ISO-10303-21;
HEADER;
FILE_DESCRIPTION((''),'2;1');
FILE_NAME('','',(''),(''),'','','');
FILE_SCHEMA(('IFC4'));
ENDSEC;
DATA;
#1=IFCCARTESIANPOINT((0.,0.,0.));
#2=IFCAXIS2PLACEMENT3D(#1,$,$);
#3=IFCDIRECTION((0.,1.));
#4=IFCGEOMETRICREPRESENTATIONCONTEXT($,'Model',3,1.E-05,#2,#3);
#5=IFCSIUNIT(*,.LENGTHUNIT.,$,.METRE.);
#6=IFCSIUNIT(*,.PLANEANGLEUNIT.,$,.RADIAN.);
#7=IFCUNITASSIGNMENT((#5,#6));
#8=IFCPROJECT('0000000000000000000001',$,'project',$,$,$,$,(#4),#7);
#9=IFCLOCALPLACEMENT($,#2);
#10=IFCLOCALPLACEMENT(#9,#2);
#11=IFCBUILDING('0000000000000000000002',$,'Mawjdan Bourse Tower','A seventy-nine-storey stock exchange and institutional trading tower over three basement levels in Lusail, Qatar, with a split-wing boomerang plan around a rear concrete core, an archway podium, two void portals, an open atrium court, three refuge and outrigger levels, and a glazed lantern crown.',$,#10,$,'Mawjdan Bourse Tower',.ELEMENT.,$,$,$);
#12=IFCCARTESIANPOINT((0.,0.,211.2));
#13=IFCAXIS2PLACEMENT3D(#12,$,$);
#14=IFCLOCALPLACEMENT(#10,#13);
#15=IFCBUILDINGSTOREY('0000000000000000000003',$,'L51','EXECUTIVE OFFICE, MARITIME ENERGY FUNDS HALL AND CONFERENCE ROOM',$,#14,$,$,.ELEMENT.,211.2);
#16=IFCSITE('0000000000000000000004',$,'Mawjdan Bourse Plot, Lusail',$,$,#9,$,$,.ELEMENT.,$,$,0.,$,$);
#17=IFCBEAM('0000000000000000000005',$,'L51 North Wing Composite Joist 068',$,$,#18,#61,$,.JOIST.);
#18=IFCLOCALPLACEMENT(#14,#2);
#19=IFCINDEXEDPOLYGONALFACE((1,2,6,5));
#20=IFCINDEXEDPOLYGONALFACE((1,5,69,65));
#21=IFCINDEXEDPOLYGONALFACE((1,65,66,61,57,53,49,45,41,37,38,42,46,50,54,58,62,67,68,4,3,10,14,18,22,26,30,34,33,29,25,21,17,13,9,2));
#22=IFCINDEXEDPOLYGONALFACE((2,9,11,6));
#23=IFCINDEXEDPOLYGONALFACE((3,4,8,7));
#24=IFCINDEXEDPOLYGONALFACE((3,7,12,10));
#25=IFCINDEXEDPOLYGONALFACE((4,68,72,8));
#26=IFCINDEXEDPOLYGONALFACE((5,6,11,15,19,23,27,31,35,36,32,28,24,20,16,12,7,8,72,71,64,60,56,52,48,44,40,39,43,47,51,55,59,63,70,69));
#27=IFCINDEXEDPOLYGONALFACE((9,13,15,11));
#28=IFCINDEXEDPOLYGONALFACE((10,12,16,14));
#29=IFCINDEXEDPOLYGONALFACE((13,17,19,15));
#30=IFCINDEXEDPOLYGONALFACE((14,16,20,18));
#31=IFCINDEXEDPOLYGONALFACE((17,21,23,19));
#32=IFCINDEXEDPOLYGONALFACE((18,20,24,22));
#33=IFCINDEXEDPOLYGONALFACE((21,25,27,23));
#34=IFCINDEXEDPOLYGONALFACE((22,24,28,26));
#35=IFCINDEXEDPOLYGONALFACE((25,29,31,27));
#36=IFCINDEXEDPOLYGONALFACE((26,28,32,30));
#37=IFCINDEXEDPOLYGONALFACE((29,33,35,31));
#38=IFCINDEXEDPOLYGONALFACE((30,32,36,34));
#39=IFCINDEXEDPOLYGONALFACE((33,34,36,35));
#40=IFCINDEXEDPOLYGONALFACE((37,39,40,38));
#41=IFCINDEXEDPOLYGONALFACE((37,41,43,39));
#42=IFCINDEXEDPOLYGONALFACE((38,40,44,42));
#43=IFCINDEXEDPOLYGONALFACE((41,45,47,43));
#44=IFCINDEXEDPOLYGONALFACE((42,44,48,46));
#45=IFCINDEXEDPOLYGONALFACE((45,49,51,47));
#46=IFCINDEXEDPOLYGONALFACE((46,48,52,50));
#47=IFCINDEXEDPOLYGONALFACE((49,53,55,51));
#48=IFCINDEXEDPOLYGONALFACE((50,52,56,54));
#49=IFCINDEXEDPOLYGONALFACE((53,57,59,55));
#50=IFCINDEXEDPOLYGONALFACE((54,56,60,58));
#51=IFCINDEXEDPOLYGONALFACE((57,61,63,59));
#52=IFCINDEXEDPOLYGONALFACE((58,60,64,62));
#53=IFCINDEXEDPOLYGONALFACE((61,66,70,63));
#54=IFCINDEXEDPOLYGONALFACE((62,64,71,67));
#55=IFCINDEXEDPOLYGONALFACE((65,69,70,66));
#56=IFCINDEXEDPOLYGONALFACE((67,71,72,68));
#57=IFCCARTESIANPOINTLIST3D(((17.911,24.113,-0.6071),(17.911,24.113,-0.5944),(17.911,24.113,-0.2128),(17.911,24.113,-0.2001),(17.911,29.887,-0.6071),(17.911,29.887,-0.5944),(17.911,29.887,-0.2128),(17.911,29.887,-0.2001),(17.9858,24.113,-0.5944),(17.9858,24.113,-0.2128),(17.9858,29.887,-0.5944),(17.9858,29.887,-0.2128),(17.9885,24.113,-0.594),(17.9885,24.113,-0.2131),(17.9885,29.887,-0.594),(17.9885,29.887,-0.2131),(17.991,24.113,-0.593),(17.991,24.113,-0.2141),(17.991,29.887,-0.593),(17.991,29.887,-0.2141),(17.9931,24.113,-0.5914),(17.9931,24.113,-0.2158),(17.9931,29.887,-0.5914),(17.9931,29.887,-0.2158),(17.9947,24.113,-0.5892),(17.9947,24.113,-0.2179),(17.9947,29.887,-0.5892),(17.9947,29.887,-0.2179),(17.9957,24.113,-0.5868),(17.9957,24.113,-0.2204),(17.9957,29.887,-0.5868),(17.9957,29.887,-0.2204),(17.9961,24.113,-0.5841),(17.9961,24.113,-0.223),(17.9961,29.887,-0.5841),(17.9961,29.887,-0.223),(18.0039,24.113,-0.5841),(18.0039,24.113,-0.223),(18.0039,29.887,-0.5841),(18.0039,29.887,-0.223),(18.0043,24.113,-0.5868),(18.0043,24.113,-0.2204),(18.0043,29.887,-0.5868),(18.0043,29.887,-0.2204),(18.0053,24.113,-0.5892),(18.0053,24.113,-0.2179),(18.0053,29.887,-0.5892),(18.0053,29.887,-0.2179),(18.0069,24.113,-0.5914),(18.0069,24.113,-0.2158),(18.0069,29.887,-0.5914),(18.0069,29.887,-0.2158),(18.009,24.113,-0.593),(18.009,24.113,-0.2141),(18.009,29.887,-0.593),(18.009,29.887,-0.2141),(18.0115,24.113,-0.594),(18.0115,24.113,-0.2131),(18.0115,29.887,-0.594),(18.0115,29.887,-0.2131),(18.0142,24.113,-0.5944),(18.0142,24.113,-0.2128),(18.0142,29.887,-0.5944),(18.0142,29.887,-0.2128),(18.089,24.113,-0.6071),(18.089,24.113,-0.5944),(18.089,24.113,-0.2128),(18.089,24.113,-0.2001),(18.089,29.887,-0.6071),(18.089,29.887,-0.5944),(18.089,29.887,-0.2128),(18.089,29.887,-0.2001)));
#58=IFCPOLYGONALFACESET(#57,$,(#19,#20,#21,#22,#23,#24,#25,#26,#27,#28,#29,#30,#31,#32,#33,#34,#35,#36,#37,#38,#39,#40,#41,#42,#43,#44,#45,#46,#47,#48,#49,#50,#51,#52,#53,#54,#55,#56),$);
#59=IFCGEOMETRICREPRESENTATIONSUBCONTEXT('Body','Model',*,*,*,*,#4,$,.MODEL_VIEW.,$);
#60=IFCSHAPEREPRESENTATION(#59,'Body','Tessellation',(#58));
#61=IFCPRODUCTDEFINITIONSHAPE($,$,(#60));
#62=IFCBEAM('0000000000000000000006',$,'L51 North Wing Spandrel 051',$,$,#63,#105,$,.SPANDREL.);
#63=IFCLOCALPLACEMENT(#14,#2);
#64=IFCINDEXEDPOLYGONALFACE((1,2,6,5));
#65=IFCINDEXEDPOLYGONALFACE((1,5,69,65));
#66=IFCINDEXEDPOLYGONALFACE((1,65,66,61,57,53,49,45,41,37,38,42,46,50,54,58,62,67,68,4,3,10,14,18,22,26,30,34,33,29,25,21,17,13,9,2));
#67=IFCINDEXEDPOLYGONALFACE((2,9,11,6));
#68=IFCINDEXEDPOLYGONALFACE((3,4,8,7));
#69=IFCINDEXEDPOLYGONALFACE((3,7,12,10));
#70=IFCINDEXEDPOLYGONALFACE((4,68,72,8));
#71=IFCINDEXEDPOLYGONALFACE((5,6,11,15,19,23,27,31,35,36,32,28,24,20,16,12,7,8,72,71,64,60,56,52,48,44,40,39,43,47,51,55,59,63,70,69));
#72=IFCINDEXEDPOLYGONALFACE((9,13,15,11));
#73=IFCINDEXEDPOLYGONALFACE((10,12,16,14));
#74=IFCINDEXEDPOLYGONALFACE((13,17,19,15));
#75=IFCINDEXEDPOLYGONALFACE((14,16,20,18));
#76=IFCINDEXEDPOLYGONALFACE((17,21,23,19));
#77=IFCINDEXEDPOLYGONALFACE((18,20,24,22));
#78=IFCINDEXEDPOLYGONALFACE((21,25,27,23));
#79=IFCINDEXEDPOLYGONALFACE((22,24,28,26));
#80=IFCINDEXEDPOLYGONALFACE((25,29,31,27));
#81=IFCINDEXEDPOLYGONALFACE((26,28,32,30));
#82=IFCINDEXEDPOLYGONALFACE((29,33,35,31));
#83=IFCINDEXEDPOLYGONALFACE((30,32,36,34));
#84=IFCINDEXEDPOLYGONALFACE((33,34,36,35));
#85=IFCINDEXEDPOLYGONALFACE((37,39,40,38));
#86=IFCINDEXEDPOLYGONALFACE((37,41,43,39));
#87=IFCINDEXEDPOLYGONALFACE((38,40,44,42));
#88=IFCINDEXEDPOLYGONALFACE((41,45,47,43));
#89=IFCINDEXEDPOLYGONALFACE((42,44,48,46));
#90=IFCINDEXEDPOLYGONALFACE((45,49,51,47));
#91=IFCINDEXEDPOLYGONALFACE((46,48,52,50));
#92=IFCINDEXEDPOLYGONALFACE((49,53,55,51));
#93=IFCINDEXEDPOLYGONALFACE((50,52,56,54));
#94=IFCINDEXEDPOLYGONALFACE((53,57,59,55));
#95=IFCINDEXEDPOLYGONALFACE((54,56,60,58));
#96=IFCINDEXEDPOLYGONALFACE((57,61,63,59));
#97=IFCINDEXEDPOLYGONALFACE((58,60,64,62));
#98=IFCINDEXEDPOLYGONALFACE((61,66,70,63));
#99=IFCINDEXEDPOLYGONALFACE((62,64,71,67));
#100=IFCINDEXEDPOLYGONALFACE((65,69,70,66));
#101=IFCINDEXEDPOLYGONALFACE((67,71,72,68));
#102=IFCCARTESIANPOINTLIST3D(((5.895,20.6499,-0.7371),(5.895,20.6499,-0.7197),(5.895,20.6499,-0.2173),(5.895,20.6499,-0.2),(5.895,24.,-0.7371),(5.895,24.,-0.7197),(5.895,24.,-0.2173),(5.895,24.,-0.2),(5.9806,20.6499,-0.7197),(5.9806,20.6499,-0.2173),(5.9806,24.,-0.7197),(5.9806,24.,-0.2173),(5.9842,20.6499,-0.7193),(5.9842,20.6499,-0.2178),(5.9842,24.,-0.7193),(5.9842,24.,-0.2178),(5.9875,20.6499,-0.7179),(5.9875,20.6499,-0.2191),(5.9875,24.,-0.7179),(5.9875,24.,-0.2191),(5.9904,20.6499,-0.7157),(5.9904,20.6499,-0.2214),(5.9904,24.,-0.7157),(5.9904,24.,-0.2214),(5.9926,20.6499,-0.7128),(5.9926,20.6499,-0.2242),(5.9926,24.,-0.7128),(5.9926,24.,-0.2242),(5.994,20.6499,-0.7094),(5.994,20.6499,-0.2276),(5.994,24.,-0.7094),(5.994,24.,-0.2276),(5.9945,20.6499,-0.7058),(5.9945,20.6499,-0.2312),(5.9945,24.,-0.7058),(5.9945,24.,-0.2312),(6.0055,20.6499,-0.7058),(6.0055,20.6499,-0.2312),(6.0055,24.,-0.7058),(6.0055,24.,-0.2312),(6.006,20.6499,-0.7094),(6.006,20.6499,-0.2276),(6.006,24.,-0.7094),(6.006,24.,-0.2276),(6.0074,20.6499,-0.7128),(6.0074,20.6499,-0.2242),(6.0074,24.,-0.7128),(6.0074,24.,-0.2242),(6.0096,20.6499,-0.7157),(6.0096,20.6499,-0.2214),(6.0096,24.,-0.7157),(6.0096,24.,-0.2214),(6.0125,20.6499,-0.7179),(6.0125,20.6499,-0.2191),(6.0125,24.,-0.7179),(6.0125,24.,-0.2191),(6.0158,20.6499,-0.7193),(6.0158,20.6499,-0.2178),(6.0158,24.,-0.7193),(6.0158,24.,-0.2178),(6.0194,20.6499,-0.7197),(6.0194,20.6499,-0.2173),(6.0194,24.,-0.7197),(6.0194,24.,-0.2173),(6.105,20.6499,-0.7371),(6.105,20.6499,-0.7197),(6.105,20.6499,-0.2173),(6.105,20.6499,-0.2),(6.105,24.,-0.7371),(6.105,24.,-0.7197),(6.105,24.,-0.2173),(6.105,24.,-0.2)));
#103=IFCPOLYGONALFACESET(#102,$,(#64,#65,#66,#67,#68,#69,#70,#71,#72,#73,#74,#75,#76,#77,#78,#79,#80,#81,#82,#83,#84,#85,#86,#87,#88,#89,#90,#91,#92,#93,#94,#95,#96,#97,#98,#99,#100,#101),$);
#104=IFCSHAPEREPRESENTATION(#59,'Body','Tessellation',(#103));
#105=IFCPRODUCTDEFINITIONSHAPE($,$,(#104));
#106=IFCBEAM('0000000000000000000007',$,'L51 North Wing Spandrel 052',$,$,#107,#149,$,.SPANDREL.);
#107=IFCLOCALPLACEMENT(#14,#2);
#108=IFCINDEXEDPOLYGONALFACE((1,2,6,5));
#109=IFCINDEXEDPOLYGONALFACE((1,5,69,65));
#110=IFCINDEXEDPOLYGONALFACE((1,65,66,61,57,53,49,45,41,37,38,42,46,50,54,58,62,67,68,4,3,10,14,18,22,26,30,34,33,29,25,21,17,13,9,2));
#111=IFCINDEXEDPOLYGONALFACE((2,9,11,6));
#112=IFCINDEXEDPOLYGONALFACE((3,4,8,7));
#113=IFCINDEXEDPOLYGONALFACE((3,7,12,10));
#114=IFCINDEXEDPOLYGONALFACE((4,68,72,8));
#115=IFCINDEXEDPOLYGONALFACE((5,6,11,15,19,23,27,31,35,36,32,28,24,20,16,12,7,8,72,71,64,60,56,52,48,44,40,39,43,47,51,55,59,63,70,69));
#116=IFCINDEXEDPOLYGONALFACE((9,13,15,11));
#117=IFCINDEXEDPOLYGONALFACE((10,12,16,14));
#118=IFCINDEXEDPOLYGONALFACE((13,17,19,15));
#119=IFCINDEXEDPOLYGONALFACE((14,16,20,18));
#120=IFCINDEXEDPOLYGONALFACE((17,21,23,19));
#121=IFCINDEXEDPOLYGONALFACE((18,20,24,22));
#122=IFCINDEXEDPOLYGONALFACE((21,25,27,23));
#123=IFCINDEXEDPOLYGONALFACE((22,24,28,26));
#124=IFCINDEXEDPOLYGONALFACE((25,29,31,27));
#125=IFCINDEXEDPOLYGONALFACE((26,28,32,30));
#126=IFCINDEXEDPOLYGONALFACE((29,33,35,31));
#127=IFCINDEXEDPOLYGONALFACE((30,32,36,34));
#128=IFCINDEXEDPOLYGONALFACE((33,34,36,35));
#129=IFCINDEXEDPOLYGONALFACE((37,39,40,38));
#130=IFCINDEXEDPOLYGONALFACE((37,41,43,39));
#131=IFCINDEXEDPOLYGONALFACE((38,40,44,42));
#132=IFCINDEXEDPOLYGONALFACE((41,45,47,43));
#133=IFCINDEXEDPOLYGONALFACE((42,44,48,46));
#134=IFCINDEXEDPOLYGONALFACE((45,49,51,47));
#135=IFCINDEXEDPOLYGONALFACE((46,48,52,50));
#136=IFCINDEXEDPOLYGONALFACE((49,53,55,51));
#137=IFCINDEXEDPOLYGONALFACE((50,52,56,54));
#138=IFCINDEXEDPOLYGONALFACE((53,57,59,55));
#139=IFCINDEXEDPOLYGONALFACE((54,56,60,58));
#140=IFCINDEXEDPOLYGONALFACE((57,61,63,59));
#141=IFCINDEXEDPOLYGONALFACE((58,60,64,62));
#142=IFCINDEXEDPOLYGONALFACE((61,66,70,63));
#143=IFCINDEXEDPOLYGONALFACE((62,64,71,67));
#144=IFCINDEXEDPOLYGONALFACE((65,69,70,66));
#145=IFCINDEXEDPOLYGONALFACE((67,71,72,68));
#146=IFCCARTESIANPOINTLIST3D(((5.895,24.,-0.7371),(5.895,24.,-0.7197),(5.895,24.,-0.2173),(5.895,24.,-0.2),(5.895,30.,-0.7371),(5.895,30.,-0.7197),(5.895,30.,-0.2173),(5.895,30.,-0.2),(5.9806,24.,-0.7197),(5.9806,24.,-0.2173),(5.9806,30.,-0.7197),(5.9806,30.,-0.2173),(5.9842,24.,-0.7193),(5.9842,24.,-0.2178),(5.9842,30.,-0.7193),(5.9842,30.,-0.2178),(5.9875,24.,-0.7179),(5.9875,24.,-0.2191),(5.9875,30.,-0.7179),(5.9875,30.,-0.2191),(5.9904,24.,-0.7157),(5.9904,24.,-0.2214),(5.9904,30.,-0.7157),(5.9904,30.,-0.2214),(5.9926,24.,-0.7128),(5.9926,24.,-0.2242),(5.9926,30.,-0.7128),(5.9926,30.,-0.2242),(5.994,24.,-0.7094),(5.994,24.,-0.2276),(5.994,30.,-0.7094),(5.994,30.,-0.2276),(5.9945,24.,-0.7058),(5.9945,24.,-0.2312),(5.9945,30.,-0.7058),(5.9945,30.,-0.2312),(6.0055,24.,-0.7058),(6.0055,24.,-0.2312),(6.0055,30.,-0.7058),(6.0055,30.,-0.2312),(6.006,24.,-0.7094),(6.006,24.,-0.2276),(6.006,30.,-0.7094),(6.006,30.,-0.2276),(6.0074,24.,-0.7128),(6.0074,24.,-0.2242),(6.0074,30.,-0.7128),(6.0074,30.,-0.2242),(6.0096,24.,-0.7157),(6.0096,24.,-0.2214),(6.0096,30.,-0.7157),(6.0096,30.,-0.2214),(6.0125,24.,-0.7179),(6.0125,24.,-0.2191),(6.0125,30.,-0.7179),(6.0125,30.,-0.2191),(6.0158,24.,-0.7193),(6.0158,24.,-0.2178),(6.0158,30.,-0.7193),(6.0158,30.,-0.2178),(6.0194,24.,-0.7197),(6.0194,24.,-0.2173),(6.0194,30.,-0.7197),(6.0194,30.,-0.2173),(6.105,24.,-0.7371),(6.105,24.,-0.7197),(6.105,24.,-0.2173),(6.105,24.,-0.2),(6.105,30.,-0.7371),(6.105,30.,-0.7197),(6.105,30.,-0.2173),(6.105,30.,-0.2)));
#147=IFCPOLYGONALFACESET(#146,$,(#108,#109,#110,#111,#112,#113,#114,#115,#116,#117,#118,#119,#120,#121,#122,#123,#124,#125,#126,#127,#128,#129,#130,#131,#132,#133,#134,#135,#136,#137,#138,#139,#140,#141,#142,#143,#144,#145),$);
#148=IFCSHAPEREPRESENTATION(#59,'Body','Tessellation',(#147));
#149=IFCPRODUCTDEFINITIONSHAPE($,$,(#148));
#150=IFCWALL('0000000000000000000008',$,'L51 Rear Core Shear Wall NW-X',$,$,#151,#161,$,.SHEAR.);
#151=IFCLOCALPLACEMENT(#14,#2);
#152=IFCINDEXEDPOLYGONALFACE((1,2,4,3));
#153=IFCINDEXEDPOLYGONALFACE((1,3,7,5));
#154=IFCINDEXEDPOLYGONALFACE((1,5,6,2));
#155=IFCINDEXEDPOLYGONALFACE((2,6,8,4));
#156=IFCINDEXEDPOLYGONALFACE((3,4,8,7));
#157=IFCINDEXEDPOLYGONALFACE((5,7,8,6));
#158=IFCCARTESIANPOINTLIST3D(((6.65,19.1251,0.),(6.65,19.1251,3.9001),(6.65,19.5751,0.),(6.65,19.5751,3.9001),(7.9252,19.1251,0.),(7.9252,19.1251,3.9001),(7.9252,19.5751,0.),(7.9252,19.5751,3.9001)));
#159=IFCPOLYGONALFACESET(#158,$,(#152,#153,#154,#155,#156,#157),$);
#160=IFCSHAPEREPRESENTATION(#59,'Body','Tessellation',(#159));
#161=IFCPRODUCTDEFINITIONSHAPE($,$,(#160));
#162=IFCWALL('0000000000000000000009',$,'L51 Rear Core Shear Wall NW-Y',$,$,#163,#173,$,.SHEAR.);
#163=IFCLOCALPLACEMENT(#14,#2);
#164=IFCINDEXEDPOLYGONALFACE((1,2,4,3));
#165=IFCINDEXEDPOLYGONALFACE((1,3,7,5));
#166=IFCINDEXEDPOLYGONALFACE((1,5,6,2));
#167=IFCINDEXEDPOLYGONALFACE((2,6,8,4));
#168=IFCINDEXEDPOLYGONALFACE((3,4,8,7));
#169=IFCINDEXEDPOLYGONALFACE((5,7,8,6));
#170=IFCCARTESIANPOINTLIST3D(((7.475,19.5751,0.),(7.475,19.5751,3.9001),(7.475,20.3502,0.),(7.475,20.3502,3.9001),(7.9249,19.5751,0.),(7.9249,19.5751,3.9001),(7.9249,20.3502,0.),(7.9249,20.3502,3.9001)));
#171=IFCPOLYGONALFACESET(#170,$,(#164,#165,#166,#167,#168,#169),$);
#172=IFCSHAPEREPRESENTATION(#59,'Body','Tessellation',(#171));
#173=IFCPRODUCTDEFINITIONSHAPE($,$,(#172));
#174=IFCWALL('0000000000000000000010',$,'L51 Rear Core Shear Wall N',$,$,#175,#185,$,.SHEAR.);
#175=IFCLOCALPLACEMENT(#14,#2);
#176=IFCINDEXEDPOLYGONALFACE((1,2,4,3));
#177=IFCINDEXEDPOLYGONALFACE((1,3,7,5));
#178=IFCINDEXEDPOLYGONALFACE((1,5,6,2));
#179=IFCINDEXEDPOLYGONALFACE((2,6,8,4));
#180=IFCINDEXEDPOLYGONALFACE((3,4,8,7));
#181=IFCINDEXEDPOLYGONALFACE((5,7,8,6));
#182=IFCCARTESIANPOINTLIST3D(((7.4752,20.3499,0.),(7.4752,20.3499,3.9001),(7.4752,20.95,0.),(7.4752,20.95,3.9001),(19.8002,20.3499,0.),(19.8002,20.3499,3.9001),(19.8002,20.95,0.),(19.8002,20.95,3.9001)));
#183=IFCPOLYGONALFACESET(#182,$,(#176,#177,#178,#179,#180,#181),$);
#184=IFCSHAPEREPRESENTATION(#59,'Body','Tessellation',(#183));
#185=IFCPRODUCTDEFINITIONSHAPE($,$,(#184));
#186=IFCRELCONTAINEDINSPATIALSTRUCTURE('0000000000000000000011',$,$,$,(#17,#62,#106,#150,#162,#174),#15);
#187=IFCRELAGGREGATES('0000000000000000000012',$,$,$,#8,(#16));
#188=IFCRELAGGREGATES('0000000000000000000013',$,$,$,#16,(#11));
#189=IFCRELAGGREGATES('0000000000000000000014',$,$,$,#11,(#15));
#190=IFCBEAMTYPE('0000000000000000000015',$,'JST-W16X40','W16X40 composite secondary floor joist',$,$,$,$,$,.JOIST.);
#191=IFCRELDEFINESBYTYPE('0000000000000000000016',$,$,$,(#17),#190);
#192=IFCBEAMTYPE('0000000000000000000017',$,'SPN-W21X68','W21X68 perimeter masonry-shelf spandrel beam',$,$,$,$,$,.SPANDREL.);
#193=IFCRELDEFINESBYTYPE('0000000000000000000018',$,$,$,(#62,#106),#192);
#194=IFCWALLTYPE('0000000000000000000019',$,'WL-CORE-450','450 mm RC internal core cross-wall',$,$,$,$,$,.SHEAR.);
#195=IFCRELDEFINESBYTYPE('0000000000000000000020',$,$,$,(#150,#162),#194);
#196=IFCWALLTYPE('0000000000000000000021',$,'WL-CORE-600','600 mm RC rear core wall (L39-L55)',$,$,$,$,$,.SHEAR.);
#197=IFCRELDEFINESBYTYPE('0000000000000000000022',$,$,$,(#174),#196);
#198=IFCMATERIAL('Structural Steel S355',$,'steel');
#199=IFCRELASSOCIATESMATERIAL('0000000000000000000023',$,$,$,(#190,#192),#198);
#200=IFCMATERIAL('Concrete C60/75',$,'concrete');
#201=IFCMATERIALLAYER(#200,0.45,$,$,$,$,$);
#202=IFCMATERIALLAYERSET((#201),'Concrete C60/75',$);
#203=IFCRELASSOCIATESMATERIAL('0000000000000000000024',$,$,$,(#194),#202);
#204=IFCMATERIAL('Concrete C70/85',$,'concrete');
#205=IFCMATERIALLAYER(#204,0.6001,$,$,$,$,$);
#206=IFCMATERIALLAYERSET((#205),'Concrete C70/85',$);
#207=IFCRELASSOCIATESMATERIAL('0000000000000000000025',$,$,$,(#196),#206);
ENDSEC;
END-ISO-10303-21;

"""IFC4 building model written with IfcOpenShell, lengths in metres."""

from ifc_helpers import new_model, si_unit, direction, frame, frame_2d, origin, origin_2d, place, context, subcontext, project, spatial, rectangle, i_section, extrude, material, layer, layer_set, material_profile, profile_set, type_object, element, save


model = new_model("IFC4")

# Units and contexts
model_context = context("Model", 3, precision=1e-05, world=origin(), true_north=direction((0.0, 1.0)))
body_context = subcontext(model_context, "Body", "Model", "MODEL_VIEW")
ifc_project = project(units=[si_unit("LENGTHUNIT", "METRE"), si_unit("PLANEANGLEUNIT", "RADIAN")], contexts=[model_context])

# Site, building, storey
site_placement = place(None, origin())
site = spatial("IfcSite", under=ifc_project, at=site_placement, Name="Mawjdan Bourse Plot, Lusail", CompositionType="ELEMENT", RefElevation=0.0)
building_placement = place(site_placement, origin())
building = spatial("IfcBuilding", under=site, at=building_placement, Name="Mawjdan Bourse Tower", Description="A seventy-nine-storey stock exchange and institutional trading tower over three basement levels in Lusail, Qatar, with a split-wing boomerang plan around a rear concrete core, an archway podium, two void portals, an open atrium court, three refuge and outrigger levels, and a glazed lantern crown.", LongName="Mawjdan Bourse Tower", CompositionType="ELEMENT")
storey_placement = place(building_placement, frame((0.0, 0.0, 211.2)))
storey = spatial("IfcBuildingStorey", under=building, at=storey_placement, Name="L51", Description="EXECUTIVE OFFICE, MARITIME ENERGY FUNDS HALL AND CONFERENCE ROOM", CompositionType="ELEMENT", Elevation=211.2)

# Shared definitions
ifc_material_1 = material(Name="Concrete C70/85", Category="concrete")

# Beams
ifc_material_2 = material(Name="Structural Steel S355", Category="steel")
ifc_material_profile_1 = material_profile(ifc_material_2, i_section(OverallWidth=0.178, OverallDepth=0.407, WebThickness=0.0078, FlangeThickness=0.0127, FilletRadius=0.0103, at=origin_2d()), Name="W16X40")
ifc_profile_set_1 = profile_set([ifc_material_profile_1], Name="Structural Steel S355")
beam_type_1 = type_object("IfcBeamType", Name="JST-W16X40", Description="W16X40 composite secondary floor joist", PredefinedType="JOIST", material=ifc_profile_set_1)
beam_1_placement = place(storey_placement, frame((18.0, 24.113, -0.4036), z_axis=(0.0, 1.0, 0.0), x_axis=(-1.0, 0.0, 0.0)))
element("IfcBeam", 1, at=beam_1_placement, inside=storey, type_object=beam_type_1, Name="L51 North Wing Composite Joist 068", PredefinedType="JOIST", context=body_context, shape_type="SweptSolid", body=[
    extrude(i_section(OverallWidth=0.178, OverallDepth=0.407, WebThickness=0.0078, FlangeThickness=0.0127, FilletRadius=0.0103, at=origin_2d()), origin(), (0.0, 0.0, 1.0), 5.7739),
])
ifc_material_profile_2 = material_profile(ifc_material_2, i_section(OverallWidth=0.21, OverallDepth=0.5371, WebThickness=0.011, FlangeThickness=0.0173, FilletRadius=0.0139, at=origin_2d()), Name="W21X68")
ifc_profile_set_2 = profile_set([ifc_material_profile_2], Name="Structural Steel S355")
beam_type_2 = type_object("IfcBeamType", Name="SPN-W21X68", Description="W21X68 perimeter masonry-shelf spandrel beam", PredefinedType="SPANDREL", material=ifc_profile_set_2)
beam_2_placement = place(storey_placement, frame((6.0, 20.6499, -0.4685), z_axis=(0.0, 1.0, 0.0), x_axis=(-1.0, 0.0, 0.0)))
element("IfcBeam", 2, at=beam_2_placement, inside=storey, type_object=beam_type_2, Name="L51 North Wing Spandrel 051", PredefinedType="SPANDREL", context=body_context, shape_type="SweptSolid", body=[
    extrude(i_section(OverallWidth=0.21, OverallDepth=0.5371, WebThickness=0.011, FlangeThickness=0.0173, FilletRadius=0.0139, at=origin_2d()), origin(), (0.0, 0.0, 1.0), 3.3501),
])
beam_3_placement = place(storey_placement, frame((6.0, 24.0, -0.4685), z_axis=(0.0, 1.0, 0.0), x_axis=(-1.0, 0.0, 0.0)))
element("IfcBeam", 3, at=beam_3_placement, inside=storey, type_object=beam_type_2, Name="L51 North Wing Spandrel 052", PredefinedType="SPANDREL", context=body_context, shape_type="SweptSolid", body=[
    extrude(i_section(OverallWidth=0.21, OverallDepth=0.5371, WebThickness=0.011, FlangeThickness=0.0173, FilletRadius=0.0139, at=origin_2d()), origin(), (0.0, 0.0, 1.0), 6.0),
])

# Walls
ifc_material_3 = material(Name="Concrete C60/75", Category="concrete")
ifc_layer_1 = layer(ifc_material_3, 0.45)
ifc_layer_set_1 = layer_set([ifc_layer_1], Name="Concrete C60/75")
wall_type_1 = type_object("IfcWallType", Name="WL-CORE-450", Description="450 mm RC internal core cross-wall", PredefinedType="SHEAR", material=ifc_layer_set_1)
wall_1_placement = place(storey_placement, frame((6.6499, 19.3501, 0.0), z_axis=(0.0, 0.0, 1.0), x_axis=(1.0, 0.0, 0.0)))
element("IfcWall", 4, at=wall_1_placement, inside=storey, type_object=wall_type_1, Name="L51 Rear Core Shear Wall NW-X", PredefinedType="SHEAR", context=body_context, shape_type="SweptSolid", body=[
    extrude(rectangle(XDim=1.2751, YDim=0.45, at=frame_2d((0.6377, 0.0))), origin(), (0.0, 0.0, 1.0), 3.9001),
])
wall_2_placement = place(storey_placement, frame((7.7, 19.575, 0.0), z_axis=(0.0, 0.0, 1.0), x_axis=(0.0, 1.0, 0.0)))
element("IfcWall", 5, at=wall_2_placement, inside=storey, type_object=wall_type_1, Name="L51 Rear Core Shear Wall NW-Y", PredefinedType="SHEAR", context=body_context, shape_type="SweptSolid", body=[
    extrude(rectangle(XDim=0.7751, YDim=0.45, at=frame_2d((0.3877, 0.0))), origin(), (0.0, 0.0, 1.0), 3.9001),
])
ifc_layer_2 = layer(ifc_material_1, 0.6001)
ifc_layer_set_2 = layer_set([ifc_layer_2], Name="Concrete C70/85")
wall_type_2 = type_object("IfcWallType", Name="WL-CORE-600", Description="600 mm RC rear core wall (L39-L55)", PredefinedType="SHEAR", material=ifc_layer_set_2)
wall_3_placement = place(storey_placement, frame((7.4751, 20.6499, 0.0), z_axis=(0.0, 0.0, 1.0), x_axis=(1.0, 0.0, 0.0)))
element("IfcWall", 6, at=wall_3_placement, inside=storey, type_object=wall_type_2, Name="L51 Rear Core Shear Wall N", PredefinedType="SHEAR", context=body_context, shape_type="SweptSolid", body=[
    extrude(rectangle(XDim=12.325, YDim=0.6001, at=frame_2d((6.1626, 0.0))), origin(), (0.0, 0.0, 1.0), 3.9001),
])

save(model, "model.ifc")
